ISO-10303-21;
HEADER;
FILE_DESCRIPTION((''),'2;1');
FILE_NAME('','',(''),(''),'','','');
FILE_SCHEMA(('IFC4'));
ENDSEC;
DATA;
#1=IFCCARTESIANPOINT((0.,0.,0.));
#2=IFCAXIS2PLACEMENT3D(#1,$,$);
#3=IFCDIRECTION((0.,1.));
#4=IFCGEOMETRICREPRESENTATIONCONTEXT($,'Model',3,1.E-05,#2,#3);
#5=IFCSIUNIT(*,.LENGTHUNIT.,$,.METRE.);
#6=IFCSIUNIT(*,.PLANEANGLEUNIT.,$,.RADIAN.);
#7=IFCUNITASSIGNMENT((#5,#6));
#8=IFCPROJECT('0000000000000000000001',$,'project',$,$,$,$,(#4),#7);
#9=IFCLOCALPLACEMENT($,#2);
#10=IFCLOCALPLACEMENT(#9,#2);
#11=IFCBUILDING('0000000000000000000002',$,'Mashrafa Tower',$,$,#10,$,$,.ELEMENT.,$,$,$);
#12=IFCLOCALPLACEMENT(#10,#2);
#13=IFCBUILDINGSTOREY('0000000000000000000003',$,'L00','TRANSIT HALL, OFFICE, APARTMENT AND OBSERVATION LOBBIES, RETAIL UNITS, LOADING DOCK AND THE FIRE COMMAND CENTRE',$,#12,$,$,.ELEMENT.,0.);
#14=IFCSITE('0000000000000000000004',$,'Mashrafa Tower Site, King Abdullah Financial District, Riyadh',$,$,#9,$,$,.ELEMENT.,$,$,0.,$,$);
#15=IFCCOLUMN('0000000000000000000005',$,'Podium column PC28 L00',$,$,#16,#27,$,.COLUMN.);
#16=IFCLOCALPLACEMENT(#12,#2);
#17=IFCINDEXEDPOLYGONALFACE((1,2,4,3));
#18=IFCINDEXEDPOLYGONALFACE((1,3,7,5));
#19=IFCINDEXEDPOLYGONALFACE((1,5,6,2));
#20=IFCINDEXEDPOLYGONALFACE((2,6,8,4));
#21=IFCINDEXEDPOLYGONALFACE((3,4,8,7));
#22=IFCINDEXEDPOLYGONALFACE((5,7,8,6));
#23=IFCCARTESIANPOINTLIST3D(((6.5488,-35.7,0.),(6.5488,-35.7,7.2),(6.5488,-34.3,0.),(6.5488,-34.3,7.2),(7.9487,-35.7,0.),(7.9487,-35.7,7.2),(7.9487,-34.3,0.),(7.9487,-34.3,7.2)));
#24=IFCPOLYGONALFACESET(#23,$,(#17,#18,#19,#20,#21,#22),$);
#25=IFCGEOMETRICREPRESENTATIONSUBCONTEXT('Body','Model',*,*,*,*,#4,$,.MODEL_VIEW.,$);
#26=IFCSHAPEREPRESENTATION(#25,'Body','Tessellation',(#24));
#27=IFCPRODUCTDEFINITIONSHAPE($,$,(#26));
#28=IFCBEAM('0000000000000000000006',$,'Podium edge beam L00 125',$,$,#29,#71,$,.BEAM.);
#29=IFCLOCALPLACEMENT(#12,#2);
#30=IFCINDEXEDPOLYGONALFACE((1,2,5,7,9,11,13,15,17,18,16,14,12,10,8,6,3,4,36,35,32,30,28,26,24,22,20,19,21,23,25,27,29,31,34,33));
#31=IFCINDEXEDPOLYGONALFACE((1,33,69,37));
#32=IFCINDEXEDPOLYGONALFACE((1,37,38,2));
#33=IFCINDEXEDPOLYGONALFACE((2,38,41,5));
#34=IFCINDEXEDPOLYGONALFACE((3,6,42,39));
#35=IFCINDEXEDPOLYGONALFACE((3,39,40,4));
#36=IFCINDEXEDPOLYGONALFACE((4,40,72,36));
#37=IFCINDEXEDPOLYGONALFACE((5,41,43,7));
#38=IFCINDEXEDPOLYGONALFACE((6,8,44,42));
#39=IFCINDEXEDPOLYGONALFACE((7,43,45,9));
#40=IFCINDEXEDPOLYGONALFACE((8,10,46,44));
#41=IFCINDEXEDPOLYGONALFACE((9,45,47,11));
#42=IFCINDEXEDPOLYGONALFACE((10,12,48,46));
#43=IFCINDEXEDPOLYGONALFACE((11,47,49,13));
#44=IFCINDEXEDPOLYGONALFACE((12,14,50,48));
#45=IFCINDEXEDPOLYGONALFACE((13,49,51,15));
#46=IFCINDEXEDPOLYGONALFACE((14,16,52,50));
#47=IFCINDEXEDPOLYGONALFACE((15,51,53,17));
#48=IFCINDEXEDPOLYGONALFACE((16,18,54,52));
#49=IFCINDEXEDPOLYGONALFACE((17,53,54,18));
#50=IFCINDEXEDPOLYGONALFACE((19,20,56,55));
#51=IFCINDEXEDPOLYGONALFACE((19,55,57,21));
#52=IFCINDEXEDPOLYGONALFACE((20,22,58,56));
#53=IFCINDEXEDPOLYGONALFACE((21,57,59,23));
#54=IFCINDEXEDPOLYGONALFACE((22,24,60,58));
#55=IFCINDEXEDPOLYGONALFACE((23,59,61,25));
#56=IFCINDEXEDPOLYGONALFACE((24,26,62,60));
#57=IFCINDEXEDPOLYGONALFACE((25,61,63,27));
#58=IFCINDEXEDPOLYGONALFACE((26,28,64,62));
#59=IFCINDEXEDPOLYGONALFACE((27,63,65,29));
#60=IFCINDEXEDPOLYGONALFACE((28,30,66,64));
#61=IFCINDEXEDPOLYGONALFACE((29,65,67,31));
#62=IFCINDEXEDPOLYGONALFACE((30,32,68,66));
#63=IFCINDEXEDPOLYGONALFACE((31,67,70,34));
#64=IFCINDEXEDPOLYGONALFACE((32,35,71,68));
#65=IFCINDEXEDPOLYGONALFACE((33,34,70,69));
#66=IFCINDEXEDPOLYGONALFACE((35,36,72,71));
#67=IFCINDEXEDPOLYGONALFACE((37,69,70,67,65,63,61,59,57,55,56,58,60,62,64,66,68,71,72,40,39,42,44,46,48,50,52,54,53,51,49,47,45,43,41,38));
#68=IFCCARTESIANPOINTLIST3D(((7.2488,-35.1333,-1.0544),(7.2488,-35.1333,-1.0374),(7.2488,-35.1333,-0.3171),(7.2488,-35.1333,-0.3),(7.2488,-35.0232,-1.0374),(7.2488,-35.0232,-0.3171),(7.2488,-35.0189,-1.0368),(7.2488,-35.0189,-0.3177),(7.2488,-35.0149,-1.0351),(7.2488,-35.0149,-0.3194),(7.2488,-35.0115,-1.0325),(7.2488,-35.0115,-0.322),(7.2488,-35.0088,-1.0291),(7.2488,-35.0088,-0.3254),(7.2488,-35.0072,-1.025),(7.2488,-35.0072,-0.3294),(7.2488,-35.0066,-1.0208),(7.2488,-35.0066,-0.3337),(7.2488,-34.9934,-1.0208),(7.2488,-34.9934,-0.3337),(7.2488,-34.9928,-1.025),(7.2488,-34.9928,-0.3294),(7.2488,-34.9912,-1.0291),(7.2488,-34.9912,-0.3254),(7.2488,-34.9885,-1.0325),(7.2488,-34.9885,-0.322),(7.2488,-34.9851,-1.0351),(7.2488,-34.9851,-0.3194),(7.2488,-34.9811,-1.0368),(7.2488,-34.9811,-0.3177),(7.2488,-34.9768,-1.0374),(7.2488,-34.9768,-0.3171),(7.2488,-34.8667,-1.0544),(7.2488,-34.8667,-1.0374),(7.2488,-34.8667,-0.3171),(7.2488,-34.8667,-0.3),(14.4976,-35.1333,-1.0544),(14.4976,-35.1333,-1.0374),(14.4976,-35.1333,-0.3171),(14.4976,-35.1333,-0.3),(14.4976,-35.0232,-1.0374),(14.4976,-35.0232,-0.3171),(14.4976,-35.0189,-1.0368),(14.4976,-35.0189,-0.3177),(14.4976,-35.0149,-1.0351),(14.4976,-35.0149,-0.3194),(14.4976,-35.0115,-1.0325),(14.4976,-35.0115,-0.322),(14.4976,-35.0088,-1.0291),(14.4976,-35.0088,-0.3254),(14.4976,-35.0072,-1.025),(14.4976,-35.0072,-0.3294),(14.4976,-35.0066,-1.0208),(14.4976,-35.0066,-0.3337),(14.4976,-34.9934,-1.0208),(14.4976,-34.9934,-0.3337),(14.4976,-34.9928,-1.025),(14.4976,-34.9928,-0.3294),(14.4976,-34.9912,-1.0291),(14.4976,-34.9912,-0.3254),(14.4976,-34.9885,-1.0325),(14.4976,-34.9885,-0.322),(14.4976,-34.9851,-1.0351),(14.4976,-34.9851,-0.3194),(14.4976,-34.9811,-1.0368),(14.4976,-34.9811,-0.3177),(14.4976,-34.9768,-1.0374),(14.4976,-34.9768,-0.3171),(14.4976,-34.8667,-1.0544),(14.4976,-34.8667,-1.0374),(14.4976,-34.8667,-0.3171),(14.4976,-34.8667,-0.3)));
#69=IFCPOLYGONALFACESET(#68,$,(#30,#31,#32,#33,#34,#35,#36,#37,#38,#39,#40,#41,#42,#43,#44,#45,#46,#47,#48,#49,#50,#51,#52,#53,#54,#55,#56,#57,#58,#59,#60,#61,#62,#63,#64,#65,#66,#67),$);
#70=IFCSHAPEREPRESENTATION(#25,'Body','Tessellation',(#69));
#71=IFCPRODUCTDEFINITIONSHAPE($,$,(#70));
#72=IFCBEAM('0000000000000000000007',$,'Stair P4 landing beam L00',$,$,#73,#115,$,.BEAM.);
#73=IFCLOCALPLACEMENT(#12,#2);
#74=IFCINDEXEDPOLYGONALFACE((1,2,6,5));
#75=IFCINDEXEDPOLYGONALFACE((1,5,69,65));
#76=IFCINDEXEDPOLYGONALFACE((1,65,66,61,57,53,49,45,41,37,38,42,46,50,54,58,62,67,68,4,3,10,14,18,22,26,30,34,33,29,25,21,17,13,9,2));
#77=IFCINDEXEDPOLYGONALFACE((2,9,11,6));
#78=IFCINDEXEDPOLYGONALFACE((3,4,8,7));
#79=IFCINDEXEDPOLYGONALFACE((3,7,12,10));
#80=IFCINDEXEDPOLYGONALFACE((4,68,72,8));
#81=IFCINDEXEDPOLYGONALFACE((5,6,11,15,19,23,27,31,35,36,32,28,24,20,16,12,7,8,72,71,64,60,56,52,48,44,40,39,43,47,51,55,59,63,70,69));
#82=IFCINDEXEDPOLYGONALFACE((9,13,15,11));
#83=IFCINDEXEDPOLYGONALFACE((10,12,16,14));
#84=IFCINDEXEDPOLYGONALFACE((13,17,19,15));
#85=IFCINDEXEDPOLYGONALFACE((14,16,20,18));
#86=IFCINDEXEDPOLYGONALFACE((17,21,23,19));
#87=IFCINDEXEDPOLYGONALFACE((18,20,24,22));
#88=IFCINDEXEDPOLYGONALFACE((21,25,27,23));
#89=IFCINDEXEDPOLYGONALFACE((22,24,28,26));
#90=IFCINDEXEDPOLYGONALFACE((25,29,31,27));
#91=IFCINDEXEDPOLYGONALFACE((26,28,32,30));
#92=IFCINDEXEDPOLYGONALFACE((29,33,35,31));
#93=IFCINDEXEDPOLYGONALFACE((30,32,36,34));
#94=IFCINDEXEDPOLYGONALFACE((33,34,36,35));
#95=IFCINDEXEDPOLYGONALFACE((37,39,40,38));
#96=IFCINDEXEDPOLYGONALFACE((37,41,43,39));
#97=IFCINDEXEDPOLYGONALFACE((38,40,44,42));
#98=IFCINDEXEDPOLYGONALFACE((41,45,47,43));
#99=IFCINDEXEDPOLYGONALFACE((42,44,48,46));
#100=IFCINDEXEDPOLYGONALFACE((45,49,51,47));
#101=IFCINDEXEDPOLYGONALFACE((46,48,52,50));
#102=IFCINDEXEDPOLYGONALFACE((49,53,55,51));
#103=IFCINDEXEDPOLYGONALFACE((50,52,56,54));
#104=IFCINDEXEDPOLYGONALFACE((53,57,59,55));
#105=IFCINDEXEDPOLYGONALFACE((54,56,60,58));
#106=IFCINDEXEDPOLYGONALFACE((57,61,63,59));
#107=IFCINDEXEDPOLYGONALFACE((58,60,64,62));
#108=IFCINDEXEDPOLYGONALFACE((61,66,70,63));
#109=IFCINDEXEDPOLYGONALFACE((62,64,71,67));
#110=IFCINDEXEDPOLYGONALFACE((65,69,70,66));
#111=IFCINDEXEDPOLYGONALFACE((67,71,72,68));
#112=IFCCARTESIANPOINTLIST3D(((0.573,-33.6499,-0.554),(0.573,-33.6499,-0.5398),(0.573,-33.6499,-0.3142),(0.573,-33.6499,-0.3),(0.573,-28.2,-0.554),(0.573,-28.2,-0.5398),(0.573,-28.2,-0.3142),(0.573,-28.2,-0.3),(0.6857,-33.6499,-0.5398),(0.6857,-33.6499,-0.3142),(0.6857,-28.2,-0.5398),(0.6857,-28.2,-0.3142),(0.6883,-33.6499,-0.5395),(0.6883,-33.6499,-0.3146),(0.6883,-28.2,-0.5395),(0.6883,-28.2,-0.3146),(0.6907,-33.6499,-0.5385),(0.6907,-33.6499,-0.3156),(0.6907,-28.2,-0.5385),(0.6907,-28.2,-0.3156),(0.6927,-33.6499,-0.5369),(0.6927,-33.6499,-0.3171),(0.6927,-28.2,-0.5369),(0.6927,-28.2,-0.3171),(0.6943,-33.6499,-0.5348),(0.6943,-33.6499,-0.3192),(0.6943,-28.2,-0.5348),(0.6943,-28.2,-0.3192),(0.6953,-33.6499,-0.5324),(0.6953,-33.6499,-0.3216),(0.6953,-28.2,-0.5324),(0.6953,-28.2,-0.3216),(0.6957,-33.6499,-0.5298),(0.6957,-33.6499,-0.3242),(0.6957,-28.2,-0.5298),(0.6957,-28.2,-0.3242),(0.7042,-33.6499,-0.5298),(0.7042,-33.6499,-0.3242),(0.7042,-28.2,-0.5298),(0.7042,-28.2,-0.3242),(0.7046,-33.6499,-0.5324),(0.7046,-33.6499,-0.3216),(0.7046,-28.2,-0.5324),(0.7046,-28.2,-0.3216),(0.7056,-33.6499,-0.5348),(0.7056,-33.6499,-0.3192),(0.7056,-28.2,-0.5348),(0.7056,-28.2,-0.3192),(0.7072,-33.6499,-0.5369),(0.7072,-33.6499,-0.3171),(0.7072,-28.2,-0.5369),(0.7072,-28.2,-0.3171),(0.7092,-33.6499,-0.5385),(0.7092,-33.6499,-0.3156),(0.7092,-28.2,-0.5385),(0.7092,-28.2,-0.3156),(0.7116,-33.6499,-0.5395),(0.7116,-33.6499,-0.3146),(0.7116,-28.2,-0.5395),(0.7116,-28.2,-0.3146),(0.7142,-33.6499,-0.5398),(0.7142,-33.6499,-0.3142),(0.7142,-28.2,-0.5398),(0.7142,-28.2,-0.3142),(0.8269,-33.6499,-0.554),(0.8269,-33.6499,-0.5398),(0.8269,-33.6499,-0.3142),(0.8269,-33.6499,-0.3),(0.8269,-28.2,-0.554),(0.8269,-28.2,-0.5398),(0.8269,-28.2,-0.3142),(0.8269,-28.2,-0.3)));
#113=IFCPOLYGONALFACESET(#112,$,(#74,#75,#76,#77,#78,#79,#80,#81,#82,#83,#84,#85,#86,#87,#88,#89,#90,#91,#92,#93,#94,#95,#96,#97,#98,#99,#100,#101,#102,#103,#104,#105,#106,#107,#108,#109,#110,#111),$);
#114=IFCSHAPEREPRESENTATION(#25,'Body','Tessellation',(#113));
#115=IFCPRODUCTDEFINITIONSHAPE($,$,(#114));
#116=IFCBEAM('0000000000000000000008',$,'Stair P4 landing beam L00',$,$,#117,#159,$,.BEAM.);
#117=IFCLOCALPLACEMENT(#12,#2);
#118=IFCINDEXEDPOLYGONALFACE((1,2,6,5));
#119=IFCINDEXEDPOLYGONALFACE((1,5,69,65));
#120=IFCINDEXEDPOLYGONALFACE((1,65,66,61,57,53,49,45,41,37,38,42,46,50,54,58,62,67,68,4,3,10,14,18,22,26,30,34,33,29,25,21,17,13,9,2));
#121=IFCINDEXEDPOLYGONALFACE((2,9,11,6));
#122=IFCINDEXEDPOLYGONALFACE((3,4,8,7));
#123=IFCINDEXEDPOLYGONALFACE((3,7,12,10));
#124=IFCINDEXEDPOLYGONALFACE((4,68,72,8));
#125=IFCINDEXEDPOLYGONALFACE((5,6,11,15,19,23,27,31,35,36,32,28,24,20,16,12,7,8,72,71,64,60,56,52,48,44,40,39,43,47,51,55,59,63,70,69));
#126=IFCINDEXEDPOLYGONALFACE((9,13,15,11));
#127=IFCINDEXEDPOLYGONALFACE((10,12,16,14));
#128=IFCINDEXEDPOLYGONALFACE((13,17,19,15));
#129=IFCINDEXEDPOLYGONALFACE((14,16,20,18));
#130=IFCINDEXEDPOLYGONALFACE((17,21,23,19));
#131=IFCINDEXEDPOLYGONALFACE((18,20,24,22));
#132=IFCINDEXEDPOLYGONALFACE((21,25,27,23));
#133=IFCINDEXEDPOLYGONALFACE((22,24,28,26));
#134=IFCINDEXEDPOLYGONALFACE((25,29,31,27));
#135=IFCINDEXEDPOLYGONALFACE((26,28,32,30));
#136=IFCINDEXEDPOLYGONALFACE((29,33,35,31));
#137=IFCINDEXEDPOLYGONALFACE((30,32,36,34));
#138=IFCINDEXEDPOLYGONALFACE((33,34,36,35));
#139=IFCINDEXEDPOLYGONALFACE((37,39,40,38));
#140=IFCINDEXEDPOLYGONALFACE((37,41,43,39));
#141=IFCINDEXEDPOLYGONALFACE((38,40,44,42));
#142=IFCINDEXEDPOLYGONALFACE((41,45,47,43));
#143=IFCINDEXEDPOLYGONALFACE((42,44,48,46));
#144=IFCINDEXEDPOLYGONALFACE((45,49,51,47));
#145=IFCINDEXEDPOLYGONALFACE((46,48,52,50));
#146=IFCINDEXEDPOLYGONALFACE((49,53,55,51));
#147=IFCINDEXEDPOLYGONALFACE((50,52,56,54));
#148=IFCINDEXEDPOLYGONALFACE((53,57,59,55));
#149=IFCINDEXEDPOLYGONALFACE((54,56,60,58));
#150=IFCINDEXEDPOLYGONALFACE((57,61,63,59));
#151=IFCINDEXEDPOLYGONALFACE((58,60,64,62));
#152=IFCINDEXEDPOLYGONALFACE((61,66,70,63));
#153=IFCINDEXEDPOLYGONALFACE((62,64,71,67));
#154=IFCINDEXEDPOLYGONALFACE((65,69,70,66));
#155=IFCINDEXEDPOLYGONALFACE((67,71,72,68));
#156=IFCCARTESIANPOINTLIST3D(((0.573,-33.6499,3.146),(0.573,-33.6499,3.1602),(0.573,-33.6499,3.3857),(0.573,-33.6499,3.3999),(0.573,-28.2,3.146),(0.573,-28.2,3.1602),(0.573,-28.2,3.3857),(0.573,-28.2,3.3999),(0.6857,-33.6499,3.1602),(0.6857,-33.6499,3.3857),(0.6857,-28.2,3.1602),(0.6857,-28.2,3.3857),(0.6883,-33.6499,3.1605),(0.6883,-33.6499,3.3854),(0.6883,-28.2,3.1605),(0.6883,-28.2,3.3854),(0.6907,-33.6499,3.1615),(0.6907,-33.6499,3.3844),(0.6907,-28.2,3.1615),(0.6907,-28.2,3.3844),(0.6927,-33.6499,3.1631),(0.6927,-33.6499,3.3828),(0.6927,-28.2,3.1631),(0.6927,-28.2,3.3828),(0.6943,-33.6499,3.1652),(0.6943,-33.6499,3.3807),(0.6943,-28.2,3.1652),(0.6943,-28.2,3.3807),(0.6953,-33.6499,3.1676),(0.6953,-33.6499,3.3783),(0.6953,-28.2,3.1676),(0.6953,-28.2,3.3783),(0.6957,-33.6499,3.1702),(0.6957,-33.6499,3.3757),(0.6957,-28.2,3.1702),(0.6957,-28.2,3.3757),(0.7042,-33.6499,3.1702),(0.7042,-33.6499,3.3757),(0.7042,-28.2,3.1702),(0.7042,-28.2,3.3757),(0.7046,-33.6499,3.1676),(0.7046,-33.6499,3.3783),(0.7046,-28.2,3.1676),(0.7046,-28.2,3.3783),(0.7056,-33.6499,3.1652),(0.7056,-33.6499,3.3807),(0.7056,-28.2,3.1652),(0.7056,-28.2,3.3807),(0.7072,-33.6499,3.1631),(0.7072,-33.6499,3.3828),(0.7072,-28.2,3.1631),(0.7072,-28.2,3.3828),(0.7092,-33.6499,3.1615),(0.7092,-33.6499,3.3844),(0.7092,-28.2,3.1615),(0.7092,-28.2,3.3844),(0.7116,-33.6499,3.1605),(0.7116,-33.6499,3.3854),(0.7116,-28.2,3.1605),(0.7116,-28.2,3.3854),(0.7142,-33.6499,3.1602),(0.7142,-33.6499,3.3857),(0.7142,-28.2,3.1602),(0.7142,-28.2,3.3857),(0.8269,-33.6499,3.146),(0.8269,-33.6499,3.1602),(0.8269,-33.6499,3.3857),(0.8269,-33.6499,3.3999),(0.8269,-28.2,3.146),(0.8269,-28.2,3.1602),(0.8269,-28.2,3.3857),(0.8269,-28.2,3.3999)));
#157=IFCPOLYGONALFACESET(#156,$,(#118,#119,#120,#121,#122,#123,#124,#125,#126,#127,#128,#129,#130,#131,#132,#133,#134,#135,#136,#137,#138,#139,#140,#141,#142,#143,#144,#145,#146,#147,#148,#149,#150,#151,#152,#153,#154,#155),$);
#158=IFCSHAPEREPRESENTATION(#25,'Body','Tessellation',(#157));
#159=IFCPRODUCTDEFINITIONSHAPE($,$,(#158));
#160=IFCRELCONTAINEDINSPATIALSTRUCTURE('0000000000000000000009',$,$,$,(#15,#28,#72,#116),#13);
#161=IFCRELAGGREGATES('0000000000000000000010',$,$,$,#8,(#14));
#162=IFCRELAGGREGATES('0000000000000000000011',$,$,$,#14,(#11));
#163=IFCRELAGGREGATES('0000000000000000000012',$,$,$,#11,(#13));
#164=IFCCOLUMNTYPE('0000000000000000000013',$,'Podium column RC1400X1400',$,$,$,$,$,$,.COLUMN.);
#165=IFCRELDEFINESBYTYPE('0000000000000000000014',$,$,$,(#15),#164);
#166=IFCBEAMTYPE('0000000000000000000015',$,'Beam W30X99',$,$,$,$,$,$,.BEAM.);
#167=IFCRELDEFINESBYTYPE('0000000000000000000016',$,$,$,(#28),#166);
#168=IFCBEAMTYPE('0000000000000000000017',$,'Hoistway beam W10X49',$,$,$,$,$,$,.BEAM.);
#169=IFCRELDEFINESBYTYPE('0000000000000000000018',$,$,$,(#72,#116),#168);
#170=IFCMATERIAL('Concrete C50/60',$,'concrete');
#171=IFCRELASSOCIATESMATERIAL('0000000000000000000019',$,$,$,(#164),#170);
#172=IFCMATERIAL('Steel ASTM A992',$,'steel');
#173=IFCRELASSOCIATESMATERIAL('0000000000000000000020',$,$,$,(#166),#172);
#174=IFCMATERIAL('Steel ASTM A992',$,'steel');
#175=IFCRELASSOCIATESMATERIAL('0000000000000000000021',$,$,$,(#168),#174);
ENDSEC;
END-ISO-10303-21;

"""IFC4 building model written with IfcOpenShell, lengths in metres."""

from ifc_helpers import new_model, si_unit, direction, frame, origin, origin_2d, place, context, subcontext, project, spatial, rectangle, i_section, extrude, material, material_profile, profile_set, type_object, element, save


model = new_model("IFC4")

# Units and contexts
model_context = context("Model", 3, precision=1e-05, world=origin(), true_north=direction((0.0, 1.0)))
body_context = subcontext(model_context, "Body", "Model", "MODEL_VIEW")
ifc_project = project(units=[si_unit("LENGTHUNIT", "METRE"), si_unit("PLANEANGLEUNIT", "RADIAN")], contexts=[model_context])

# Site, building, storey
site_placement = place(None, origin())
site = spatial("IfcSite", under=ifc_project, at=site_placement, Name="Mashrafa Tower Site, King Abdullah Financial District, Riyadh", CompositionType="ELEMENT", RefElevation=0.0)
building_placement = place(site_placement, origin())
building = spatial("IfcBuilding", under=site, at=building_placement, Name="Mashrafa Tower", CompositionType="ELEMENT")
storey_placement = place(building_placement, origin())
storey = spatial("IfcBuildingStorey", under=building, at=storey_placement, Name="L00", Description="TRANSIT HALL, OFFICE, APARTMENT AND OBSERVATION LOBBIES, RETAIL UNITS, LOADING DOCK AND THE FIRE COMMAND CENTRE", CompositionType="ELEMENT", Elevation=0.0)

# Column
ifc_material_1 = material(Name="Concrete C50/60", Category="concrete")
ifc_material_profile_1 = material_profile(ifc_material_1, rectangle(XDim=1.3999, YDim=1.3999, at=origin_2d()), Name="RC1400X1400")
ifc_profile_set_1 = profile_set([ifc_material_profile_1], Name="Concrete C50/60")
column_type = type_object("IfcColumnType", Name="Podium column RC1400X1400", PredefinedType="COLUMN", material=ifc_profile_set_1)
column_placement = place(storey_placement, frame((7.2488, -35.0, 0.0), z_axis=(0.0, 0.0, 1.0), x_axis=(1.0, 0.0, 0.0)))
element("IfcColumn", 1, at=column_placement, inside=storey, type_object=column_type, Name="Podium column PC28 L00", PredefinedType="COLUMN", context=body_context, shape_type="SweptSolid", body=[
    extrude(rectangle(XDim=1.3999, YDim=1.3999, at=origin_2d()), origin(), (0.0, 0.0, 1.0), 7.2),
])

# Beams
ifc_material_2 = material(Name="Steel ASTM A992", Category="steel")
ifc_material_profile_2 = material_profile(ifc_material_2, i_section(OverallWidth=0.2666, OverallDepth=0.7544, WebThickness=0.0132, FlangeThickness=0.0171, FilletRadius=0.0166, at=origin_2d()), Name="W30X99")
ifc_profile_set_2 = profile_set([ifc_material_profile_2], Name="Steel ASTM A992")
beam_type_1 = type_object("IfcBeamType", Name="Beam W30X99", PredefinedType="BEAM", material=ifc_profile_set_2)
beam_placement = place(storey_placement, frame((7.2488, -35.0, -0.6772), z_axis=(1.0, 0.0, 0.0), x_axis=(0.0, 1.0, 0.0)))
element("IfcBeam", 2, at=beam_placement, inside=storey, type_object=beam_type_1, Name="Podium edge beam L00 125", PredefinedType="BEAM", context=body_context, shape_type="SweptSolid", body=[
    extrude(i_section(OverallWidth=0.2666, OverallDepth=0.7544, WebThickness=0.0132, FlangeThickness=0.0171, FilletRadius=0.0166, at=origin_2d()), origin(), (0.0, 0.0, 1.0), 7.2488),
])
ifc_material_3 = material(Name="Steel ASTM A992", Category="steel")
ifc_material_profile_3 = material_profile(ifc_material_3, i_section(OverallWidth=0.2539, OverallDepth=0.2539, WebThickness=0.0085, FlangeThickness=0.0142, FilletRadius=0.01, at=origin_2d()), Name="W10X49")
ifc_profile_set_3 = profile_set([ifc_material_profile_3], Name="Steel ASTM A992")
beam_type_2 = type_object("IfcBeamType", Name="Hoistway beam W10X49", PredefinedType="BEAM", material=ifc_profile_set_3)
for number, where, z_axis, x_axis, name in (
    (3, (0.7, -33.6499, -0.427), (0.0, 1.0, 0.0), (-1.0, 0.0, 0.0), "Stair P4 landing beam L00"),
    (4, (0.7, -33.6499, 3.2729), (0.0, 1.0, 0.0), (-1.0, 0.0, 0.0), "Stair P4 landing beam L00"),
):
    element("IfcBeam", number, at=place(storey_placement, frame(where, z_axis=z_axis, x_axis=x_axis)), inside=storey, type_object=beam_type_2, Name=name, PredefinedType="BEAM", context=body_context, shape_type="SweptSolid", body=[
        extrude(i_section(OverallWidth=0.2539, OverallDepth=0.2539, WebThickness=0.0085, FlangeThickness=0.0142, FilletRadius=0.01, at=origin_2d()), origin(), (0.0, 0.0, 1.0), 5.45),
    ])

save(model, "model.ifc")
